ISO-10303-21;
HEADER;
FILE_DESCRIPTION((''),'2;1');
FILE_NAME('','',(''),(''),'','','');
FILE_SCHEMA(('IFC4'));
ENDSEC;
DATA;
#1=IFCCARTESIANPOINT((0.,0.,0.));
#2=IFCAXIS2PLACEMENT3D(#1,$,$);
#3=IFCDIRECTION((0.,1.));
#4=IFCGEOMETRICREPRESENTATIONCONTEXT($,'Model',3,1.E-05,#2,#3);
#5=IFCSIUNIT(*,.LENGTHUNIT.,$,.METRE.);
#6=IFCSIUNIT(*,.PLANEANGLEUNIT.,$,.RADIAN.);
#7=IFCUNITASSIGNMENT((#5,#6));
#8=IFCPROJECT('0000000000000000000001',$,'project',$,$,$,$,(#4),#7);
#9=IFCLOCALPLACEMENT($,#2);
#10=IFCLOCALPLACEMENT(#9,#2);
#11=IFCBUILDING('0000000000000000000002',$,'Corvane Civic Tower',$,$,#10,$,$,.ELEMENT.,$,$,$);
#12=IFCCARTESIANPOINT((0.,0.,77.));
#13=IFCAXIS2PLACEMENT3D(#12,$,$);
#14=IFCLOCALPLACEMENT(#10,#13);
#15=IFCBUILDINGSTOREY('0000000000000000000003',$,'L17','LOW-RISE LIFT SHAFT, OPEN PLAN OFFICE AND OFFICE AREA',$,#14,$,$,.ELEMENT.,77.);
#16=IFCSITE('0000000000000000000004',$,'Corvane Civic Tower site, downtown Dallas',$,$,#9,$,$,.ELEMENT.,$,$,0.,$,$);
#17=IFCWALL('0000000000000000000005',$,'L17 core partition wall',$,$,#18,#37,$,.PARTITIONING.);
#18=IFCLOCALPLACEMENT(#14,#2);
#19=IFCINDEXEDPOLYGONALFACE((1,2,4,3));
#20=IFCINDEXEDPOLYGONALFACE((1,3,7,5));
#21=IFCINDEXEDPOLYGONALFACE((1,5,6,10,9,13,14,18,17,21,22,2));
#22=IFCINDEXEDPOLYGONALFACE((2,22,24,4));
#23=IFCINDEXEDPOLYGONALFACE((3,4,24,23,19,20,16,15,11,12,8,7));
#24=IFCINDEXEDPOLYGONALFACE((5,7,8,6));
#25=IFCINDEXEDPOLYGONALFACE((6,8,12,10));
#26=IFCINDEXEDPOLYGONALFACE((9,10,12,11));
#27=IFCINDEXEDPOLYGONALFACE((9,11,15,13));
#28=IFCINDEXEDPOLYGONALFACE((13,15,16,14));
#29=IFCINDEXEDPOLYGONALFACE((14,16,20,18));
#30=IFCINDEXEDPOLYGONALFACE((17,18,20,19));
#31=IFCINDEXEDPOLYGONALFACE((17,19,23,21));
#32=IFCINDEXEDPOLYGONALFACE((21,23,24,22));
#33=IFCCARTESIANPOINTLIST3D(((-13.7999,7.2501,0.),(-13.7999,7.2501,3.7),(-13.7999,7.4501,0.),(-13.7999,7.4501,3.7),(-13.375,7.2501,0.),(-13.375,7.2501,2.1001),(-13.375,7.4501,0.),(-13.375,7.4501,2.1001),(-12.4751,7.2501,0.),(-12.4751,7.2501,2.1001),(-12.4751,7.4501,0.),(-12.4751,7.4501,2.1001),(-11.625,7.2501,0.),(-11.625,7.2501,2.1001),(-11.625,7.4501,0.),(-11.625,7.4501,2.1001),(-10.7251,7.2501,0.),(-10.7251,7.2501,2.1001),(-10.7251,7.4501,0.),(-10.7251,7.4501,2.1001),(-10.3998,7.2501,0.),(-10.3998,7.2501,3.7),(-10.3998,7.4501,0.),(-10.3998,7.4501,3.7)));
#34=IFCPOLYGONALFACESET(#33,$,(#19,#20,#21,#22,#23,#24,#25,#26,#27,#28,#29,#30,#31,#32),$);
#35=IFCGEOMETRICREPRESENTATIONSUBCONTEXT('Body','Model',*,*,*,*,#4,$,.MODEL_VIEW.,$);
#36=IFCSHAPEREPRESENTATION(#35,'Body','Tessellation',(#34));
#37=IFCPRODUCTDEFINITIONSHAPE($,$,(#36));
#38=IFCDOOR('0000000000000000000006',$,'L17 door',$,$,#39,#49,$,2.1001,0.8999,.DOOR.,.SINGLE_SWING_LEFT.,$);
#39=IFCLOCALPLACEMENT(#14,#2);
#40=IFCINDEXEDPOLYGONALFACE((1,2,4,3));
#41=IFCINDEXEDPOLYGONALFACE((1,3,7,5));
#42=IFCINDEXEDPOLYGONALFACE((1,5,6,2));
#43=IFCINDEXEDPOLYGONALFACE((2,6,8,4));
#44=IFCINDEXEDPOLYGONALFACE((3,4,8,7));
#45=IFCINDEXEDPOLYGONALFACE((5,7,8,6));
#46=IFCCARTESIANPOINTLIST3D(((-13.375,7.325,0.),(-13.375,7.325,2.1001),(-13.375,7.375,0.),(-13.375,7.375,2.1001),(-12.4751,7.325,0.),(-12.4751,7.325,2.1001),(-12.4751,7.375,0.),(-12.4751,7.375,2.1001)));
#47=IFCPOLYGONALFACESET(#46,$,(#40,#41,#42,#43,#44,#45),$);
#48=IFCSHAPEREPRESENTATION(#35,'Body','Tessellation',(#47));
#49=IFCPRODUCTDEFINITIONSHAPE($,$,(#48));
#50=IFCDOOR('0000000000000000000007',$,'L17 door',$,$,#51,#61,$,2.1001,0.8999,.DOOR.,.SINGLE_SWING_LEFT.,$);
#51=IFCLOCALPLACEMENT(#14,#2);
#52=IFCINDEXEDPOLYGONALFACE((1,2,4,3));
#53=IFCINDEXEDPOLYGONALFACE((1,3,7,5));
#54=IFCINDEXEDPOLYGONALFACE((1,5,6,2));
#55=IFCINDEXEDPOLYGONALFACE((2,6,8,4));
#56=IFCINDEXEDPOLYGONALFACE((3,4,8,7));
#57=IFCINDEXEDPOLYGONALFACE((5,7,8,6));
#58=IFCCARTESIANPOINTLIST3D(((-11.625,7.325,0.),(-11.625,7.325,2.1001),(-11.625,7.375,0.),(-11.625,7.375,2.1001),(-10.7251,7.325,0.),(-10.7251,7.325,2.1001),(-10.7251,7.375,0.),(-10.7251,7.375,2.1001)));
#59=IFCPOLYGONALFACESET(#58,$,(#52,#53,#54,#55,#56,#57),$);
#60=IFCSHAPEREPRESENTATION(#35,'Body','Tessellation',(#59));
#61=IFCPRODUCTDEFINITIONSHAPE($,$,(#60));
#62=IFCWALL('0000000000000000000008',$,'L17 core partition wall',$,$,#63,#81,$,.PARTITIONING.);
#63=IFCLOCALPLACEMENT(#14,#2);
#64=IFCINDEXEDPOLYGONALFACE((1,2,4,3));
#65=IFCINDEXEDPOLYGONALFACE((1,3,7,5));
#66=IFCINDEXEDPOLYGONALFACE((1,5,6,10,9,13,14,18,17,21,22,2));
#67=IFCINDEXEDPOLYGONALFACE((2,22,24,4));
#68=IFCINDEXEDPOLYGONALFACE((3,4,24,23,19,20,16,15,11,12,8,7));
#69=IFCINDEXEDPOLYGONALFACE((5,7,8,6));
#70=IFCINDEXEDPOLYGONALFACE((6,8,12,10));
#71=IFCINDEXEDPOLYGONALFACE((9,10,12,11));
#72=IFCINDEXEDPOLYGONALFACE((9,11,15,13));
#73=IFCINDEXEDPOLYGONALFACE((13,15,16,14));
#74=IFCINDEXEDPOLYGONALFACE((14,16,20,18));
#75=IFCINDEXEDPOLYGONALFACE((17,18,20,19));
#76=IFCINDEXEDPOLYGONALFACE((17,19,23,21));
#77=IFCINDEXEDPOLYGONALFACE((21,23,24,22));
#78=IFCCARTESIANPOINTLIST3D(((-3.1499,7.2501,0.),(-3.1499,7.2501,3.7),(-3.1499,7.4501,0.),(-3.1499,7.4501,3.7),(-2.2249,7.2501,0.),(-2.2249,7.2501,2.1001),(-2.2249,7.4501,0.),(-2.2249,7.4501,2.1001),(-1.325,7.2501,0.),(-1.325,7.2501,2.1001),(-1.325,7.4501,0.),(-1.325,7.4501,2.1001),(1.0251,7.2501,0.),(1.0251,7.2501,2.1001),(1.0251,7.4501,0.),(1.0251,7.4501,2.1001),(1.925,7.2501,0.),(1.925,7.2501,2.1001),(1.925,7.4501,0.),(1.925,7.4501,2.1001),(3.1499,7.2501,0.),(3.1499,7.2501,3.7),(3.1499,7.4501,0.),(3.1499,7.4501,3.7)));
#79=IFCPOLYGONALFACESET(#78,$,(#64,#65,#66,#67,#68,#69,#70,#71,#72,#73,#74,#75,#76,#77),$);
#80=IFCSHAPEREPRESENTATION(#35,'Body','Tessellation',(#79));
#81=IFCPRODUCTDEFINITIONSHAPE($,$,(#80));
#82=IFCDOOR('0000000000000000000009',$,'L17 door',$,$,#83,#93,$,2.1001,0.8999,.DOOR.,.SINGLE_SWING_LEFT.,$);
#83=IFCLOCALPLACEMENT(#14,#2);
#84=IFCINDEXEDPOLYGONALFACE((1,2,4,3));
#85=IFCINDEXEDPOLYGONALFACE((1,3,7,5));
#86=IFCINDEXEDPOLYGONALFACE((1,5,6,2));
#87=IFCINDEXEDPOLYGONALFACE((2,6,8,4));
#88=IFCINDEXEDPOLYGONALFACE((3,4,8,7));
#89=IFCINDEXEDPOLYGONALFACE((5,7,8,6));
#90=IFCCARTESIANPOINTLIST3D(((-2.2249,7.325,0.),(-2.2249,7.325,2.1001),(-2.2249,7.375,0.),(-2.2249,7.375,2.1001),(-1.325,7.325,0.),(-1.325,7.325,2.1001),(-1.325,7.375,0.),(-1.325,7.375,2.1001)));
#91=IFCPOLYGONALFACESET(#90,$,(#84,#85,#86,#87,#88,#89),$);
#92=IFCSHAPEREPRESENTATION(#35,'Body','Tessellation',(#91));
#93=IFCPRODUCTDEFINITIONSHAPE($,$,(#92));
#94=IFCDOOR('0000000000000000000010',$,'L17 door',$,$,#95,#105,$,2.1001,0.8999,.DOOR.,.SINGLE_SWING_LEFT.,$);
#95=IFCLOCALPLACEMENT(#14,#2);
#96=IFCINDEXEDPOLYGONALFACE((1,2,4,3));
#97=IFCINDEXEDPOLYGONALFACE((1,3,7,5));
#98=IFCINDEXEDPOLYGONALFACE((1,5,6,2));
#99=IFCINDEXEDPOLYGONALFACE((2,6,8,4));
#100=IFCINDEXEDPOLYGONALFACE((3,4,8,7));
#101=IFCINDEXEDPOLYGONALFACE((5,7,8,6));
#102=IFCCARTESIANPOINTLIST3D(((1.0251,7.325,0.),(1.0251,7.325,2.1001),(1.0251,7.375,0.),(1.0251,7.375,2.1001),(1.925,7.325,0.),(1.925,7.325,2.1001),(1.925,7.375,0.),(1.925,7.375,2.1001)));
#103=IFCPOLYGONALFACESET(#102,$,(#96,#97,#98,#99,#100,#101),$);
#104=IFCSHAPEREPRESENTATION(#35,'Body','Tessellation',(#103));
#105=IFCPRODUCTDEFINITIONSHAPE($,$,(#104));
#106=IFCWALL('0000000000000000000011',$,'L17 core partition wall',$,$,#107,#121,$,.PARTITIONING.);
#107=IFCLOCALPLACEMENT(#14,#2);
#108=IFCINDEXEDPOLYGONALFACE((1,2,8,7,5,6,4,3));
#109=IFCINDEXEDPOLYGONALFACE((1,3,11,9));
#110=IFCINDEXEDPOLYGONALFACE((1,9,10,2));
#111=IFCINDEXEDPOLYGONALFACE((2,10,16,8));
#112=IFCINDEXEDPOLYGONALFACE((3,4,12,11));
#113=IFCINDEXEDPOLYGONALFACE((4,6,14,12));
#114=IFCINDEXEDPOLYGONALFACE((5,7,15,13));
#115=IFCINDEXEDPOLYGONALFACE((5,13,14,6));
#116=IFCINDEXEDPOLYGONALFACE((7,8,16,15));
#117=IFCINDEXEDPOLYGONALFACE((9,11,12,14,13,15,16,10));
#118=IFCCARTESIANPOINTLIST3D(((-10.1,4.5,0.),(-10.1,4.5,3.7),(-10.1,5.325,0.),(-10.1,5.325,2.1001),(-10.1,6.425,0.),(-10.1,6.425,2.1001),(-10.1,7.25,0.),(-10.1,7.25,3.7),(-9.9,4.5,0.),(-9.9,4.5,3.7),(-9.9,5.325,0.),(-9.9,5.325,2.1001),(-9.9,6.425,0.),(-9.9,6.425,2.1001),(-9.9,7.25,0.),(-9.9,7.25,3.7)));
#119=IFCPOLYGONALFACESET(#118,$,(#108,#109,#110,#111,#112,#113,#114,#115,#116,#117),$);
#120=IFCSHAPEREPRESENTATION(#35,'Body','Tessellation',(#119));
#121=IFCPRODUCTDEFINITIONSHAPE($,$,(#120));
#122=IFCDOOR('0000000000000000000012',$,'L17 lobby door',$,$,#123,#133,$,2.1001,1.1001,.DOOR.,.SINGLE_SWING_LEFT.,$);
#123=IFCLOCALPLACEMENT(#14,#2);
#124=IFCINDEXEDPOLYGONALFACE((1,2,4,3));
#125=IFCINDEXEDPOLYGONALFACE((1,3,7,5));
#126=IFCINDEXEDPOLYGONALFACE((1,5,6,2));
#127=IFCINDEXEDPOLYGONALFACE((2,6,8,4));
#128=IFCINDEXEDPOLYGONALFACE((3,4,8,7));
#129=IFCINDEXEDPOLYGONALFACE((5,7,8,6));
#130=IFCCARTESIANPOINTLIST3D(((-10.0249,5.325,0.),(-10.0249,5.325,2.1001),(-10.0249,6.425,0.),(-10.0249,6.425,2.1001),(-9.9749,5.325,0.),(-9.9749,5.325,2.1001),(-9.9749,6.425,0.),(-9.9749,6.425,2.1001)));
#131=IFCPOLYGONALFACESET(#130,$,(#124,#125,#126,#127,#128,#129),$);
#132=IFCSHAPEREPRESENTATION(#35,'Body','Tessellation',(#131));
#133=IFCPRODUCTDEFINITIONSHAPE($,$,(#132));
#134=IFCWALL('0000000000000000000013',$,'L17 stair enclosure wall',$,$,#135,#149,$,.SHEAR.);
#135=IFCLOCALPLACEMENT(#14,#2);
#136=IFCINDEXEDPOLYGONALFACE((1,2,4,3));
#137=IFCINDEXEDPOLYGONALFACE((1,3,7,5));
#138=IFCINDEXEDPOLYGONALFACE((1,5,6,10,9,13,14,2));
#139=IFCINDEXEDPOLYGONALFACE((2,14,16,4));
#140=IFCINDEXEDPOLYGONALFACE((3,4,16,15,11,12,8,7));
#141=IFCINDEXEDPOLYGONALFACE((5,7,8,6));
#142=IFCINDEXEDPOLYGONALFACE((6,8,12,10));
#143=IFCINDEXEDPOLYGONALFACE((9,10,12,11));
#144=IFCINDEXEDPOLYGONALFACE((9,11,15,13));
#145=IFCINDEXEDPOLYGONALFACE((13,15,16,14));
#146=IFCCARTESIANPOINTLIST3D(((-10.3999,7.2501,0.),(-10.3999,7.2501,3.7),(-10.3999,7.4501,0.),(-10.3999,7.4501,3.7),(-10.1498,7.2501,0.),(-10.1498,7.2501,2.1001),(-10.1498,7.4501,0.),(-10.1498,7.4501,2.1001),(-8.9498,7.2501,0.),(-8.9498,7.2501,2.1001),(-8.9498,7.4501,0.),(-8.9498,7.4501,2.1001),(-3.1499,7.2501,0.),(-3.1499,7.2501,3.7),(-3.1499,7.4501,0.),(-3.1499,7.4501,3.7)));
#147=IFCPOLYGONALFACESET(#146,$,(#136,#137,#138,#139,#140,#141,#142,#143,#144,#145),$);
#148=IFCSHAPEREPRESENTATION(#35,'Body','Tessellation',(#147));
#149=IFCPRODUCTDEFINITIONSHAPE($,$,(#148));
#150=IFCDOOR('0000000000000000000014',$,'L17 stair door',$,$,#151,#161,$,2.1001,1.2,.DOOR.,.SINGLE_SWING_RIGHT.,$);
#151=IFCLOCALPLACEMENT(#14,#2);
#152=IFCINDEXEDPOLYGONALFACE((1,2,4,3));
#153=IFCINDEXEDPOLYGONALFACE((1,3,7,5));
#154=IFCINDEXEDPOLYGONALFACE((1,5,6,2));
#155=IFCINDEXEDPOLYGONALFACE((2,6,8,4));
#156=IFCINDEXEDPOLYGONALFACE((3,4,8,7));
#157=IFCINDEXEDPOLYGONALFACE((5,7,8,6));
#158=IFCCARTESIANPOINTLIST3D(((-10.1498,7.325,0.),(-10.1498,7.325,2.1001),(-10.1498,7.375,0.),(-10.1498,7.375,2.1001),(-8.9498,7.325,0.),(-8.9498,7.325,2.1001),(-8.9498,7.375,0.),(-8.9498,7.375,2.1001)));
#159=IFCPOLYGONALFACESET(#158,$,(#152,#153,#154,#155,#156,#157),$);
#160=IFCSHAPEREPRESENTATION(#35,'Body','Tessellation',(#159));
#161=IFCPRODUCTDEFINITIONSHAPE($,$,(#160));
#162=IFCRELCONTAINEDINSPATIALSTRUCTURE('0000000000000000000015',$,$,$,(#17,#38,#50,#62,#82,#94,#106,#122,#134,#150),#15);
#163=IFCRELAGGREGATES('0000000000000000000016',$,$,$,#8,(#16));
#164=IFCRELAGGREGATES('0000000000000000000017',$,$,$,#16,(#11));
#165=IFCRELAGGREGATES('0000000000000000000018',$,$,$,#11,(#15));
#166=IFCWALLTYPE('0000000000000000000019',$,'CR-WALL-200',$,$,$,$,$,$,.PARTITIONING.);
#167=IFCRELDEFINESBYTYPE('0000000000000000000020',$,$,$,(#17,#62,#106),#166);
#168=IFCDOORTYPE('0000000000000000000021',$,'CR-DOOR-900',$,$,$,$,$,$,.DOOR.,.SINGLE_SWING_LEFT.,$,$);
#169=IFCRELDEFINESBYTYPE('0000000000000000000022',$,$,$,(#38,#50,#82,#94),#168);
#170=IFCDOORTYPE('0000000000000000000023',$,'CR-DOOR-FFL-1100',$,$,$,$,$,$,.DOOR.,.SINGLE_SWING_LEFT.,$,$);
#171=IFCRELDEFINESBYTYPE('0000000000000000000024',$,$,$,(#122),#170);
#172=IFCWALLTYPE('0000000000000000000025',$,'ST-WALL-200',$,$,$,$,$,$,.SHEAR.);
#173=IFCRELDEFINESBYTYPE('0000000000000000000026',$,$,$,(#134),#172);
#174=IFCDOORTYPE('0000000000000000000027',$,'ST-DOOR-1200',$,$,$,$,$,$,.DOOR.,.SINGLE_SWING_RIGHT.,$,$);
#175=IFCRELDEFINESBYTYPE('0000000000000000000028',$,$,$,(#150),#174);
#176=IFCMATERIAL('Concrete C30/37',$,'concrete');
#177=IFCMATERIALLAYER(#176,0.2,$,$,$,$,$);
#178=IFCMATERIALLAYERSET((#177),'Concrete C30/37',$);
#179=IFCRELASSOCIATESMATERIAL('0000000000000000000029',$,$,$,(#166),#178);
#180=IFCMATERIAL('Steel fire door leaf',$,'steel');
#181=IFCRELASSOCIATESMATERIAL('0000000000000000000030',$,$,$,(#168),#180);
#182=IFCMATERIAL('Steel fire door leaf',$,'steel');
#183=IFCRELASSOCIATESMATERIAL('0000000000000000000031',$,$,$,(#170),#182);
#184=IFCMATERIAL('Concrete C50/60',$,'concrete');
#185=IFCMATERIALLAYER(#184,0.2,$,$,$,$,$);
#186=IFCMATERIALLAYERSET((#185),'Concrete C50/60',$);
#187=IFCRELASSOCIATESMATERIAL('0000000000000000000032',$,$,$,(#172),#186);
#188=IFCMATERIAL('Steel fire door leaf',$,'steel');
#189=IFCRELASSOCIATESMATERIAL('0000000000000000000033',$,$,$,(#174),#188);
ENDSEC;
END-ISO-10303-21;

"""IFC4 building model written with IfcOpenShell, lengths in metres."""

from ifc_helpers import new_model, si_unit, direction, frame, frame_2d, origin, place, context, subcontext, project, spatial, rectangle, extrude, material, layer, layer_set, type_object, element, fill, save


model = new_model("IFC4")

# Units and contexts
model_context = context("Model", 3, precision=1e-05, world=origin(), true_north=direction((0.0, 1.0)))
body_context = subcontext(model_context, "Body", "Model", "MODEL_VIEW")
ifc_project = project(units=[si_unit("LENGTHUNIT", "METRE"), si_unit("PLANEANGLEUNIT", "RADIAN")], contexts=[model_context])

# Site, building, storey
site_placement = place(None, origin())
site = spatial("IfcSite", under=ifc_project, at=site_placement, Name="Corvane Civic Tower site, downtown Dallas", CompositionType="ELEMENT", RefElevation=0.0)
building_placement = place(site_placement, origin())
building = spatial("IfcBuilding", under=site, at=building_placement, Name="Corvane Civic Tower", CompositionType="ELEMENT")
storey_placement = place(building_placement, frame((0.0, 0.0, 77.0)))
storey = spatial("IfcBuildingStorey", under=building, at=storey_placement, Name="L17", Description="LOW-RISE LIFT SHAFT, OPEN PLAN OFFICE AND OFFICE AREA", CompositionType="ELEMENT", Elevation=77.0)

# Walls, openings, doors
ifc_material_1 = material(Name="Concrete C30/37", Category="concrete")
ifc_layer_1 = layer(ifc_material_1, 0.2)
ifc_layer_set_1 = layer_set([ifc_layer_1], Name="Concrete C30/37")
wall_type_1 = type_object("IfcWallType", Name="CR-WALL-200", PredefinedType="PARTITIONING", material=ifc_layer_set_1)
wall_1_placement = place(storey_placement, frame((-13.8, 7.3501, 0.0), z_axis=(0.0, 0.0, 1.0), x_axis=(1.0, 0.0, 0.0)))
wall_1 = element("IfcWall", 1, at=wall_1_placement, inside=storey, type_object=wall_type_1, Name="L17 core partition wall", PredefinedType="PARTITIONING", context=body_context, shape_type="SweptSolid", body=[
    extrude(rectangle(XDim=3.4001, YDim=0.2, at=frame_2d((1.7002, 0.0))), origin(), (0.0, 0.0, 1.0), 3.7),
])
opening_1_placement = place(wall_1_placement, frame((0.425, 0.0, 0.0)))
opening_1 = element("IfcOpeningElement", 2, at=opening_1_placement, cuts=wall_1, PredefinedType="OPENING", context=body_context, shape_type="SweptSolid", body=[
    extrude(rectangle(XDim=0.8999, YDim=2.1001, at=frame_2d((0.45, 1.05))), frame((0.0, 0.1099, 0.0), z_axis=(0.0, -1.0, 0.0), x_axis=(1.0, 0.0, 0.0)), (0.0, 0.0, 1.0), 0.22),
])
opening_2_placement = place(wall_1_placement, frame((2.175, 0.0, 0.0)))
opening_2 = element("IfcOpeningElement", 3, at=opening_2_placement, cuts=wall_1, PredefinedType="OPENING", context=body_context, shape_type="SweptSolid", body=[
    extrude(rectangle(XDim=0.8999, YDim=2.1001, at=frame_2d((0.45, 1.05))), frame((0.0, 0.1099, 0.0), z_axis=(0.0, -1.0, 0.0), x_axis=(1.0, 0.0, 0.0)), (0.0, 0.0, 1.0), 0.22),
])
ifc_material_2 = material(Name="Steel fire door leaf", Category="steel")
door_type_1 = type_object("IfcDoorType", Name="CR-DOOR-900", OperationType="SINGLE_SWING_LEFT", PredefinedType="DOOR", material=ifc_material_2)
door_1_placement = place(opening_1_placement, origin())
door_1 = element("IfcDoor", 4, at=door_1_placement, inside=storey, type_object=door_type_1, Name="L17 door", OperationType="SINGLE_SWING_LEFT", OverallHeight=2.1001, OverallWidth=0.8999, PredefinedType="DOOR", context=body_context, shape_type="SweptSolid", body=[
    extrude(rectangle(XDim=0.8999, YDim=2.1001, at=frame_2d((0.45, 1.05))), frame((0.0, 0.0249, 0.0), z_axis=(0.0, -1.0, 0.0), x_axis=(1.0, 0.0, 0.0)), (0.0, 0.0, 1.0), 0.05),
])
fill(opening_1, door_1)
door_2_placement = place(opening_2_placement, origin())
door_2 = element("IfcDoor", 5, at=door_2_placement, inside=storey, type_object=door_type_1, Name="L17 door", OperationType="SINGLE_SWING_LEFT", OverallHeight=2.1001, OverallWidth=0.8999, PredefinedType="DOOR", context=body_context, shape_type="SweptSolid", body=[
    extrude(rectangle(XDim=0.8999, YDim=2.1001, at=frame_2d((0.45, 1.05))), frame((0.0, 0.0249, 0.0), z_axis=(0.0, -1.0, 0.0), x_axis=(1.0, 0.0, 0.0)), (0.0, 0.0, 1.0), 0.05),
])
fill(opening_2, door_2)
wall_2_placement = place(storey_placement, frame((-3.1499, 7.3501, 0.0), z_axis=(0.0, 0.0, 1.0), x_axis=(1.0, 0.0, 0.0)))
wall_2 = element("IfcWall", 6, at=wall_2_placement, inside=storey, type_object=wall_type_1, Name="L17 core partition wall", PredefinedType="PARTITIONING", context=body_context, shape_type="SweptSolid", body=[
    extrude(rectangle(XDim=6.2998, YDim=0.2, at=frame_2d((3.1499, 0.0))), origin(), (0.0, 0.0, 1.0), 3.7),
])
opening_3_placement = place(wall_2_placement, frame((0.925, 0.0, 0.0)))
opening_3 = element("IfcOpeningElement", 7, at=opening_3_placement, cuts=wall_2, PredefinedType="OPENING", context=body_context, shape_type="SweptSolid", body=[
    extrude(rectangle(XDim=0.8999, YDim=2.1001, at=frame_2d((0.45, 1.05))), frame((0.0, 0.1099, 0.0), z_axis=(0.0, -1.0, 0.0), x_axis=(1.0, 0.0, 0.0)), (0.0, 0.0, 1.0), 0.22),
])
opening_4_placement = place(wall_2_placement, frame((4.175, 0.0, 0.0)))
opening_4 = element("IfcOpeningElement", 8, at=opening_4_placement, cuts=wall_2, PredefinedType="OPENING", context=body_context, shape_type="SweptSolid", body=[
    extrude(rectangle(XDim=0.8999, YDim=2.1001, at=frame_2d((0.45, 1.05))), frame((0.0, 0.1099, 0.0), z_axis=(0.0, -1.0, 0.0), x_axis=(1.0, 0.0, 0.0)), (0.0, 0.0, 1.0), 0.22),
])
door_3_placement = place(opening_3_placement, origin())
door_3 = element("IfcDoor", 9, at=door_3_placement, inside=storey, type_object=door_type_1, Name="L17 door", OperationType="SINGLE_SWING_LEFT", OverallHeight=2.1001, OverallWidth=0.8999, PredefinedType="DOOR", context=body_context, shape_type="SweptSolid", body=[
    extrude(rectangle(XDim=0.8999, YDim=2.1001, at=frame_2d((0.45, 1.05))), frame((0.0, 0.0249, 0.0), z_axis=(0.0, -1.0, 0.0), x_axis=(1.0, 0.0, 0.0)), (0.0, 0.0, 1.0), 0.05),
])
fill(opening_3, door_3)
door_4_placement = place(opening_4_placement, origin())
door_4 = element("IfcDoor", 10, at=door_4_placement, inside=storey, type_object=door_type_1, Name="L17 door", OperationType="SINGLE_SWING_LEFT", OverallHeight=2.1001, OverallWidth=0.8999, PredefinedType="DOOR", context=body_context, shape_type="SweptSolid", body=[
    extrude(rectangle(XDim=0.8999, YDim=2.1001, at=frame_2d((0.45, 1.05))), frame((0.0, 0.0249, 0.0), z_axis=(0.0, -1.0, 0.0), x_axis=(1.0, 0.0, 0.0)), (0.0, 0.0, 1.0), 0.05),
])
fill(opening_4, door_4)

# Walls, openings, doors
wall_3_placement = place(storey_placement, frame((-10.0, 4.5, 0.0), z_axis=(0.0, 0.0, 1.0), x_axis=(0.0, 1.0, 0.0)))
wall_3 = element("IfcWall", 11, at=wall_3_placement, inside=storey, type_object=wall_type_1, Name="L17 core partition wall", PredefinedType="PARTITIONING", context=body_context, shape_type="SweptSolid", body=[
    extrude(rectangle(XDim=2.75, YDim=0.2, at=frame_2d((1.375, 0.0))), origin(), (0.0, 0.0, 1.0), 3.7),
])
opening_5_placement = place(wall_3_placement, frame((0.825, 0.0, 0.0)))
opening_5 = element("IfcOpeningElement", 12, at=opening_5_placement, cuts=wall_3, PredefinedType="OPENING", context=body_context, shape_type="SweptSolid", body=[
    extrude(rectangle(XDim=1.1001, YDim=2.1001, at=frame_2d((0.55, 1.05))), frame((0.0, 0.1099, 0.0), z_axis=(0.0, -1.0, 0.0), x_axis=(1.0, 0.0, 0.0)), (0.0, 0.0, 1.0), 0.22),
])
ifc_material_3 = material(Name="Steel fire door leaf", Category="steel")
door_type_2 = type_object("IfcDoorType", Name="CR-DOOR-FFL-1100", OperationType="SINGLE_SWING_LEFT", PredefinedType="DOOR", material=ifc_material_3)
door_5_placement = place(opening_5_placement, origin())
door_5 = element("IfcDoor", 13, at=door_5_placement, inside=storey, type_object=door_type_2, Name="L17 lobby door", OperationType="SINGLE_SWING_LEFT", OverallHeight=2.1001, OverallWidth=1.1001, PredefinedType="DOOR", context=body_context, shape_type="SweptSolid", body=[
    extrude(rectangle(XDim=1.1001, YDim=2.1001, at=frame_2d((0.55, 1.05))), frame((0.0, 0.0249, 0.0), z_axis=(0.0, -1.0, 0.0), x_axis=(1.0, 0.0, 0.0)), (0.0, 0.0, 1.0), 0.05),
])
fill(opening_5, door_5)
ifc_material_4 = material(Name="Concrete C50/60", Category="concrete")
ifc_layer_2 = layer(ifc_material_4, 0.2)
ifc_layer_set_2 = layer_set([ifc_layer_2], Name="Concrete C50/60")
wall_type_2 = type_object("IfcWallType", Name="ST-WALL-200", PredefinedType="SHEAR", material=ifc_layer_set_2)
wall_4_placement = place(storey_placement, frame((-10.3999, 7.3501, 0.0), z_axis=(0.0, 0.0, 1.0), x_axis=(1.0, 0.0, 0.0)))
wall_4 = element("IfcWall", 14, at=wall_4_placement, inside=storey, type_object=wall_type_2, Name="L17 stair enclosure wall", PredefinedType="SHEAR", context=body_context, shape_type="SweptSolid", body=[
    extrude(rectangle(XDim=7.25, YDim=0.2, at=frame_2d((3.625, 0.0))), origin(), (0.0, 0.0, 1.0), 3.7),
])
opening_6_placement = place(wall_4_placement, frame((0.25, 0.0, 0.0)))
opening_6 = element("IfcOpeningElement", 15, at=opening_6_placement, cuts=wall_4, PredefinedType="OPENING", context=body_context, shape_type="SweptSolid", body=[
    extrude(rectangle(XDim=1.2, YDim=2.1001, at=frame_2d((0.6001, 1.05))), frame((0.0, 0.1099, 0.0), z_axis=(0.0, -1.0, 0.0), x_axis=(1.0, 0.0, 0.0)), (0.0, 0.0, 1.0), 0.22),
])
ifc_material_5 = material(Name="Steel fire door leaf", Category="steel")
door_type_3 = type_object("IfcDoorType", Name="ST-DOOR-1200", OperationType="SINGLE_SWING_RIGHT", PredefinedType="DOOR", material=ifc_material_5)
door_6_placement = place(opening_6_placement, origin())
door_6 = element("IfcDoor", 16, at=door_6_placement, inside=storey, type_object=door_type_3, Name="L17 stair door", OperationType="SINGLE_SWING_RIGHT", OverallHeight=2.1001, OverallWidth=1.2, PredefinedType="DOOR", context=body_context, shape_type="SweptSolid", body=[
    extrude(rectangle(XDim=1.2, YDim=2.1001, at=frame_2d((0.6001, 1.05))), frame((0.0, 0.0249, 0.0), z_axis=(0.0, -1.0, 0.0), x_axis=(1.0, 0.0, 0.0)), (0.0, 0.0, 1.0), 0.05),
])
fill(opening_6, door_6)

save(model, "model.ifc")
